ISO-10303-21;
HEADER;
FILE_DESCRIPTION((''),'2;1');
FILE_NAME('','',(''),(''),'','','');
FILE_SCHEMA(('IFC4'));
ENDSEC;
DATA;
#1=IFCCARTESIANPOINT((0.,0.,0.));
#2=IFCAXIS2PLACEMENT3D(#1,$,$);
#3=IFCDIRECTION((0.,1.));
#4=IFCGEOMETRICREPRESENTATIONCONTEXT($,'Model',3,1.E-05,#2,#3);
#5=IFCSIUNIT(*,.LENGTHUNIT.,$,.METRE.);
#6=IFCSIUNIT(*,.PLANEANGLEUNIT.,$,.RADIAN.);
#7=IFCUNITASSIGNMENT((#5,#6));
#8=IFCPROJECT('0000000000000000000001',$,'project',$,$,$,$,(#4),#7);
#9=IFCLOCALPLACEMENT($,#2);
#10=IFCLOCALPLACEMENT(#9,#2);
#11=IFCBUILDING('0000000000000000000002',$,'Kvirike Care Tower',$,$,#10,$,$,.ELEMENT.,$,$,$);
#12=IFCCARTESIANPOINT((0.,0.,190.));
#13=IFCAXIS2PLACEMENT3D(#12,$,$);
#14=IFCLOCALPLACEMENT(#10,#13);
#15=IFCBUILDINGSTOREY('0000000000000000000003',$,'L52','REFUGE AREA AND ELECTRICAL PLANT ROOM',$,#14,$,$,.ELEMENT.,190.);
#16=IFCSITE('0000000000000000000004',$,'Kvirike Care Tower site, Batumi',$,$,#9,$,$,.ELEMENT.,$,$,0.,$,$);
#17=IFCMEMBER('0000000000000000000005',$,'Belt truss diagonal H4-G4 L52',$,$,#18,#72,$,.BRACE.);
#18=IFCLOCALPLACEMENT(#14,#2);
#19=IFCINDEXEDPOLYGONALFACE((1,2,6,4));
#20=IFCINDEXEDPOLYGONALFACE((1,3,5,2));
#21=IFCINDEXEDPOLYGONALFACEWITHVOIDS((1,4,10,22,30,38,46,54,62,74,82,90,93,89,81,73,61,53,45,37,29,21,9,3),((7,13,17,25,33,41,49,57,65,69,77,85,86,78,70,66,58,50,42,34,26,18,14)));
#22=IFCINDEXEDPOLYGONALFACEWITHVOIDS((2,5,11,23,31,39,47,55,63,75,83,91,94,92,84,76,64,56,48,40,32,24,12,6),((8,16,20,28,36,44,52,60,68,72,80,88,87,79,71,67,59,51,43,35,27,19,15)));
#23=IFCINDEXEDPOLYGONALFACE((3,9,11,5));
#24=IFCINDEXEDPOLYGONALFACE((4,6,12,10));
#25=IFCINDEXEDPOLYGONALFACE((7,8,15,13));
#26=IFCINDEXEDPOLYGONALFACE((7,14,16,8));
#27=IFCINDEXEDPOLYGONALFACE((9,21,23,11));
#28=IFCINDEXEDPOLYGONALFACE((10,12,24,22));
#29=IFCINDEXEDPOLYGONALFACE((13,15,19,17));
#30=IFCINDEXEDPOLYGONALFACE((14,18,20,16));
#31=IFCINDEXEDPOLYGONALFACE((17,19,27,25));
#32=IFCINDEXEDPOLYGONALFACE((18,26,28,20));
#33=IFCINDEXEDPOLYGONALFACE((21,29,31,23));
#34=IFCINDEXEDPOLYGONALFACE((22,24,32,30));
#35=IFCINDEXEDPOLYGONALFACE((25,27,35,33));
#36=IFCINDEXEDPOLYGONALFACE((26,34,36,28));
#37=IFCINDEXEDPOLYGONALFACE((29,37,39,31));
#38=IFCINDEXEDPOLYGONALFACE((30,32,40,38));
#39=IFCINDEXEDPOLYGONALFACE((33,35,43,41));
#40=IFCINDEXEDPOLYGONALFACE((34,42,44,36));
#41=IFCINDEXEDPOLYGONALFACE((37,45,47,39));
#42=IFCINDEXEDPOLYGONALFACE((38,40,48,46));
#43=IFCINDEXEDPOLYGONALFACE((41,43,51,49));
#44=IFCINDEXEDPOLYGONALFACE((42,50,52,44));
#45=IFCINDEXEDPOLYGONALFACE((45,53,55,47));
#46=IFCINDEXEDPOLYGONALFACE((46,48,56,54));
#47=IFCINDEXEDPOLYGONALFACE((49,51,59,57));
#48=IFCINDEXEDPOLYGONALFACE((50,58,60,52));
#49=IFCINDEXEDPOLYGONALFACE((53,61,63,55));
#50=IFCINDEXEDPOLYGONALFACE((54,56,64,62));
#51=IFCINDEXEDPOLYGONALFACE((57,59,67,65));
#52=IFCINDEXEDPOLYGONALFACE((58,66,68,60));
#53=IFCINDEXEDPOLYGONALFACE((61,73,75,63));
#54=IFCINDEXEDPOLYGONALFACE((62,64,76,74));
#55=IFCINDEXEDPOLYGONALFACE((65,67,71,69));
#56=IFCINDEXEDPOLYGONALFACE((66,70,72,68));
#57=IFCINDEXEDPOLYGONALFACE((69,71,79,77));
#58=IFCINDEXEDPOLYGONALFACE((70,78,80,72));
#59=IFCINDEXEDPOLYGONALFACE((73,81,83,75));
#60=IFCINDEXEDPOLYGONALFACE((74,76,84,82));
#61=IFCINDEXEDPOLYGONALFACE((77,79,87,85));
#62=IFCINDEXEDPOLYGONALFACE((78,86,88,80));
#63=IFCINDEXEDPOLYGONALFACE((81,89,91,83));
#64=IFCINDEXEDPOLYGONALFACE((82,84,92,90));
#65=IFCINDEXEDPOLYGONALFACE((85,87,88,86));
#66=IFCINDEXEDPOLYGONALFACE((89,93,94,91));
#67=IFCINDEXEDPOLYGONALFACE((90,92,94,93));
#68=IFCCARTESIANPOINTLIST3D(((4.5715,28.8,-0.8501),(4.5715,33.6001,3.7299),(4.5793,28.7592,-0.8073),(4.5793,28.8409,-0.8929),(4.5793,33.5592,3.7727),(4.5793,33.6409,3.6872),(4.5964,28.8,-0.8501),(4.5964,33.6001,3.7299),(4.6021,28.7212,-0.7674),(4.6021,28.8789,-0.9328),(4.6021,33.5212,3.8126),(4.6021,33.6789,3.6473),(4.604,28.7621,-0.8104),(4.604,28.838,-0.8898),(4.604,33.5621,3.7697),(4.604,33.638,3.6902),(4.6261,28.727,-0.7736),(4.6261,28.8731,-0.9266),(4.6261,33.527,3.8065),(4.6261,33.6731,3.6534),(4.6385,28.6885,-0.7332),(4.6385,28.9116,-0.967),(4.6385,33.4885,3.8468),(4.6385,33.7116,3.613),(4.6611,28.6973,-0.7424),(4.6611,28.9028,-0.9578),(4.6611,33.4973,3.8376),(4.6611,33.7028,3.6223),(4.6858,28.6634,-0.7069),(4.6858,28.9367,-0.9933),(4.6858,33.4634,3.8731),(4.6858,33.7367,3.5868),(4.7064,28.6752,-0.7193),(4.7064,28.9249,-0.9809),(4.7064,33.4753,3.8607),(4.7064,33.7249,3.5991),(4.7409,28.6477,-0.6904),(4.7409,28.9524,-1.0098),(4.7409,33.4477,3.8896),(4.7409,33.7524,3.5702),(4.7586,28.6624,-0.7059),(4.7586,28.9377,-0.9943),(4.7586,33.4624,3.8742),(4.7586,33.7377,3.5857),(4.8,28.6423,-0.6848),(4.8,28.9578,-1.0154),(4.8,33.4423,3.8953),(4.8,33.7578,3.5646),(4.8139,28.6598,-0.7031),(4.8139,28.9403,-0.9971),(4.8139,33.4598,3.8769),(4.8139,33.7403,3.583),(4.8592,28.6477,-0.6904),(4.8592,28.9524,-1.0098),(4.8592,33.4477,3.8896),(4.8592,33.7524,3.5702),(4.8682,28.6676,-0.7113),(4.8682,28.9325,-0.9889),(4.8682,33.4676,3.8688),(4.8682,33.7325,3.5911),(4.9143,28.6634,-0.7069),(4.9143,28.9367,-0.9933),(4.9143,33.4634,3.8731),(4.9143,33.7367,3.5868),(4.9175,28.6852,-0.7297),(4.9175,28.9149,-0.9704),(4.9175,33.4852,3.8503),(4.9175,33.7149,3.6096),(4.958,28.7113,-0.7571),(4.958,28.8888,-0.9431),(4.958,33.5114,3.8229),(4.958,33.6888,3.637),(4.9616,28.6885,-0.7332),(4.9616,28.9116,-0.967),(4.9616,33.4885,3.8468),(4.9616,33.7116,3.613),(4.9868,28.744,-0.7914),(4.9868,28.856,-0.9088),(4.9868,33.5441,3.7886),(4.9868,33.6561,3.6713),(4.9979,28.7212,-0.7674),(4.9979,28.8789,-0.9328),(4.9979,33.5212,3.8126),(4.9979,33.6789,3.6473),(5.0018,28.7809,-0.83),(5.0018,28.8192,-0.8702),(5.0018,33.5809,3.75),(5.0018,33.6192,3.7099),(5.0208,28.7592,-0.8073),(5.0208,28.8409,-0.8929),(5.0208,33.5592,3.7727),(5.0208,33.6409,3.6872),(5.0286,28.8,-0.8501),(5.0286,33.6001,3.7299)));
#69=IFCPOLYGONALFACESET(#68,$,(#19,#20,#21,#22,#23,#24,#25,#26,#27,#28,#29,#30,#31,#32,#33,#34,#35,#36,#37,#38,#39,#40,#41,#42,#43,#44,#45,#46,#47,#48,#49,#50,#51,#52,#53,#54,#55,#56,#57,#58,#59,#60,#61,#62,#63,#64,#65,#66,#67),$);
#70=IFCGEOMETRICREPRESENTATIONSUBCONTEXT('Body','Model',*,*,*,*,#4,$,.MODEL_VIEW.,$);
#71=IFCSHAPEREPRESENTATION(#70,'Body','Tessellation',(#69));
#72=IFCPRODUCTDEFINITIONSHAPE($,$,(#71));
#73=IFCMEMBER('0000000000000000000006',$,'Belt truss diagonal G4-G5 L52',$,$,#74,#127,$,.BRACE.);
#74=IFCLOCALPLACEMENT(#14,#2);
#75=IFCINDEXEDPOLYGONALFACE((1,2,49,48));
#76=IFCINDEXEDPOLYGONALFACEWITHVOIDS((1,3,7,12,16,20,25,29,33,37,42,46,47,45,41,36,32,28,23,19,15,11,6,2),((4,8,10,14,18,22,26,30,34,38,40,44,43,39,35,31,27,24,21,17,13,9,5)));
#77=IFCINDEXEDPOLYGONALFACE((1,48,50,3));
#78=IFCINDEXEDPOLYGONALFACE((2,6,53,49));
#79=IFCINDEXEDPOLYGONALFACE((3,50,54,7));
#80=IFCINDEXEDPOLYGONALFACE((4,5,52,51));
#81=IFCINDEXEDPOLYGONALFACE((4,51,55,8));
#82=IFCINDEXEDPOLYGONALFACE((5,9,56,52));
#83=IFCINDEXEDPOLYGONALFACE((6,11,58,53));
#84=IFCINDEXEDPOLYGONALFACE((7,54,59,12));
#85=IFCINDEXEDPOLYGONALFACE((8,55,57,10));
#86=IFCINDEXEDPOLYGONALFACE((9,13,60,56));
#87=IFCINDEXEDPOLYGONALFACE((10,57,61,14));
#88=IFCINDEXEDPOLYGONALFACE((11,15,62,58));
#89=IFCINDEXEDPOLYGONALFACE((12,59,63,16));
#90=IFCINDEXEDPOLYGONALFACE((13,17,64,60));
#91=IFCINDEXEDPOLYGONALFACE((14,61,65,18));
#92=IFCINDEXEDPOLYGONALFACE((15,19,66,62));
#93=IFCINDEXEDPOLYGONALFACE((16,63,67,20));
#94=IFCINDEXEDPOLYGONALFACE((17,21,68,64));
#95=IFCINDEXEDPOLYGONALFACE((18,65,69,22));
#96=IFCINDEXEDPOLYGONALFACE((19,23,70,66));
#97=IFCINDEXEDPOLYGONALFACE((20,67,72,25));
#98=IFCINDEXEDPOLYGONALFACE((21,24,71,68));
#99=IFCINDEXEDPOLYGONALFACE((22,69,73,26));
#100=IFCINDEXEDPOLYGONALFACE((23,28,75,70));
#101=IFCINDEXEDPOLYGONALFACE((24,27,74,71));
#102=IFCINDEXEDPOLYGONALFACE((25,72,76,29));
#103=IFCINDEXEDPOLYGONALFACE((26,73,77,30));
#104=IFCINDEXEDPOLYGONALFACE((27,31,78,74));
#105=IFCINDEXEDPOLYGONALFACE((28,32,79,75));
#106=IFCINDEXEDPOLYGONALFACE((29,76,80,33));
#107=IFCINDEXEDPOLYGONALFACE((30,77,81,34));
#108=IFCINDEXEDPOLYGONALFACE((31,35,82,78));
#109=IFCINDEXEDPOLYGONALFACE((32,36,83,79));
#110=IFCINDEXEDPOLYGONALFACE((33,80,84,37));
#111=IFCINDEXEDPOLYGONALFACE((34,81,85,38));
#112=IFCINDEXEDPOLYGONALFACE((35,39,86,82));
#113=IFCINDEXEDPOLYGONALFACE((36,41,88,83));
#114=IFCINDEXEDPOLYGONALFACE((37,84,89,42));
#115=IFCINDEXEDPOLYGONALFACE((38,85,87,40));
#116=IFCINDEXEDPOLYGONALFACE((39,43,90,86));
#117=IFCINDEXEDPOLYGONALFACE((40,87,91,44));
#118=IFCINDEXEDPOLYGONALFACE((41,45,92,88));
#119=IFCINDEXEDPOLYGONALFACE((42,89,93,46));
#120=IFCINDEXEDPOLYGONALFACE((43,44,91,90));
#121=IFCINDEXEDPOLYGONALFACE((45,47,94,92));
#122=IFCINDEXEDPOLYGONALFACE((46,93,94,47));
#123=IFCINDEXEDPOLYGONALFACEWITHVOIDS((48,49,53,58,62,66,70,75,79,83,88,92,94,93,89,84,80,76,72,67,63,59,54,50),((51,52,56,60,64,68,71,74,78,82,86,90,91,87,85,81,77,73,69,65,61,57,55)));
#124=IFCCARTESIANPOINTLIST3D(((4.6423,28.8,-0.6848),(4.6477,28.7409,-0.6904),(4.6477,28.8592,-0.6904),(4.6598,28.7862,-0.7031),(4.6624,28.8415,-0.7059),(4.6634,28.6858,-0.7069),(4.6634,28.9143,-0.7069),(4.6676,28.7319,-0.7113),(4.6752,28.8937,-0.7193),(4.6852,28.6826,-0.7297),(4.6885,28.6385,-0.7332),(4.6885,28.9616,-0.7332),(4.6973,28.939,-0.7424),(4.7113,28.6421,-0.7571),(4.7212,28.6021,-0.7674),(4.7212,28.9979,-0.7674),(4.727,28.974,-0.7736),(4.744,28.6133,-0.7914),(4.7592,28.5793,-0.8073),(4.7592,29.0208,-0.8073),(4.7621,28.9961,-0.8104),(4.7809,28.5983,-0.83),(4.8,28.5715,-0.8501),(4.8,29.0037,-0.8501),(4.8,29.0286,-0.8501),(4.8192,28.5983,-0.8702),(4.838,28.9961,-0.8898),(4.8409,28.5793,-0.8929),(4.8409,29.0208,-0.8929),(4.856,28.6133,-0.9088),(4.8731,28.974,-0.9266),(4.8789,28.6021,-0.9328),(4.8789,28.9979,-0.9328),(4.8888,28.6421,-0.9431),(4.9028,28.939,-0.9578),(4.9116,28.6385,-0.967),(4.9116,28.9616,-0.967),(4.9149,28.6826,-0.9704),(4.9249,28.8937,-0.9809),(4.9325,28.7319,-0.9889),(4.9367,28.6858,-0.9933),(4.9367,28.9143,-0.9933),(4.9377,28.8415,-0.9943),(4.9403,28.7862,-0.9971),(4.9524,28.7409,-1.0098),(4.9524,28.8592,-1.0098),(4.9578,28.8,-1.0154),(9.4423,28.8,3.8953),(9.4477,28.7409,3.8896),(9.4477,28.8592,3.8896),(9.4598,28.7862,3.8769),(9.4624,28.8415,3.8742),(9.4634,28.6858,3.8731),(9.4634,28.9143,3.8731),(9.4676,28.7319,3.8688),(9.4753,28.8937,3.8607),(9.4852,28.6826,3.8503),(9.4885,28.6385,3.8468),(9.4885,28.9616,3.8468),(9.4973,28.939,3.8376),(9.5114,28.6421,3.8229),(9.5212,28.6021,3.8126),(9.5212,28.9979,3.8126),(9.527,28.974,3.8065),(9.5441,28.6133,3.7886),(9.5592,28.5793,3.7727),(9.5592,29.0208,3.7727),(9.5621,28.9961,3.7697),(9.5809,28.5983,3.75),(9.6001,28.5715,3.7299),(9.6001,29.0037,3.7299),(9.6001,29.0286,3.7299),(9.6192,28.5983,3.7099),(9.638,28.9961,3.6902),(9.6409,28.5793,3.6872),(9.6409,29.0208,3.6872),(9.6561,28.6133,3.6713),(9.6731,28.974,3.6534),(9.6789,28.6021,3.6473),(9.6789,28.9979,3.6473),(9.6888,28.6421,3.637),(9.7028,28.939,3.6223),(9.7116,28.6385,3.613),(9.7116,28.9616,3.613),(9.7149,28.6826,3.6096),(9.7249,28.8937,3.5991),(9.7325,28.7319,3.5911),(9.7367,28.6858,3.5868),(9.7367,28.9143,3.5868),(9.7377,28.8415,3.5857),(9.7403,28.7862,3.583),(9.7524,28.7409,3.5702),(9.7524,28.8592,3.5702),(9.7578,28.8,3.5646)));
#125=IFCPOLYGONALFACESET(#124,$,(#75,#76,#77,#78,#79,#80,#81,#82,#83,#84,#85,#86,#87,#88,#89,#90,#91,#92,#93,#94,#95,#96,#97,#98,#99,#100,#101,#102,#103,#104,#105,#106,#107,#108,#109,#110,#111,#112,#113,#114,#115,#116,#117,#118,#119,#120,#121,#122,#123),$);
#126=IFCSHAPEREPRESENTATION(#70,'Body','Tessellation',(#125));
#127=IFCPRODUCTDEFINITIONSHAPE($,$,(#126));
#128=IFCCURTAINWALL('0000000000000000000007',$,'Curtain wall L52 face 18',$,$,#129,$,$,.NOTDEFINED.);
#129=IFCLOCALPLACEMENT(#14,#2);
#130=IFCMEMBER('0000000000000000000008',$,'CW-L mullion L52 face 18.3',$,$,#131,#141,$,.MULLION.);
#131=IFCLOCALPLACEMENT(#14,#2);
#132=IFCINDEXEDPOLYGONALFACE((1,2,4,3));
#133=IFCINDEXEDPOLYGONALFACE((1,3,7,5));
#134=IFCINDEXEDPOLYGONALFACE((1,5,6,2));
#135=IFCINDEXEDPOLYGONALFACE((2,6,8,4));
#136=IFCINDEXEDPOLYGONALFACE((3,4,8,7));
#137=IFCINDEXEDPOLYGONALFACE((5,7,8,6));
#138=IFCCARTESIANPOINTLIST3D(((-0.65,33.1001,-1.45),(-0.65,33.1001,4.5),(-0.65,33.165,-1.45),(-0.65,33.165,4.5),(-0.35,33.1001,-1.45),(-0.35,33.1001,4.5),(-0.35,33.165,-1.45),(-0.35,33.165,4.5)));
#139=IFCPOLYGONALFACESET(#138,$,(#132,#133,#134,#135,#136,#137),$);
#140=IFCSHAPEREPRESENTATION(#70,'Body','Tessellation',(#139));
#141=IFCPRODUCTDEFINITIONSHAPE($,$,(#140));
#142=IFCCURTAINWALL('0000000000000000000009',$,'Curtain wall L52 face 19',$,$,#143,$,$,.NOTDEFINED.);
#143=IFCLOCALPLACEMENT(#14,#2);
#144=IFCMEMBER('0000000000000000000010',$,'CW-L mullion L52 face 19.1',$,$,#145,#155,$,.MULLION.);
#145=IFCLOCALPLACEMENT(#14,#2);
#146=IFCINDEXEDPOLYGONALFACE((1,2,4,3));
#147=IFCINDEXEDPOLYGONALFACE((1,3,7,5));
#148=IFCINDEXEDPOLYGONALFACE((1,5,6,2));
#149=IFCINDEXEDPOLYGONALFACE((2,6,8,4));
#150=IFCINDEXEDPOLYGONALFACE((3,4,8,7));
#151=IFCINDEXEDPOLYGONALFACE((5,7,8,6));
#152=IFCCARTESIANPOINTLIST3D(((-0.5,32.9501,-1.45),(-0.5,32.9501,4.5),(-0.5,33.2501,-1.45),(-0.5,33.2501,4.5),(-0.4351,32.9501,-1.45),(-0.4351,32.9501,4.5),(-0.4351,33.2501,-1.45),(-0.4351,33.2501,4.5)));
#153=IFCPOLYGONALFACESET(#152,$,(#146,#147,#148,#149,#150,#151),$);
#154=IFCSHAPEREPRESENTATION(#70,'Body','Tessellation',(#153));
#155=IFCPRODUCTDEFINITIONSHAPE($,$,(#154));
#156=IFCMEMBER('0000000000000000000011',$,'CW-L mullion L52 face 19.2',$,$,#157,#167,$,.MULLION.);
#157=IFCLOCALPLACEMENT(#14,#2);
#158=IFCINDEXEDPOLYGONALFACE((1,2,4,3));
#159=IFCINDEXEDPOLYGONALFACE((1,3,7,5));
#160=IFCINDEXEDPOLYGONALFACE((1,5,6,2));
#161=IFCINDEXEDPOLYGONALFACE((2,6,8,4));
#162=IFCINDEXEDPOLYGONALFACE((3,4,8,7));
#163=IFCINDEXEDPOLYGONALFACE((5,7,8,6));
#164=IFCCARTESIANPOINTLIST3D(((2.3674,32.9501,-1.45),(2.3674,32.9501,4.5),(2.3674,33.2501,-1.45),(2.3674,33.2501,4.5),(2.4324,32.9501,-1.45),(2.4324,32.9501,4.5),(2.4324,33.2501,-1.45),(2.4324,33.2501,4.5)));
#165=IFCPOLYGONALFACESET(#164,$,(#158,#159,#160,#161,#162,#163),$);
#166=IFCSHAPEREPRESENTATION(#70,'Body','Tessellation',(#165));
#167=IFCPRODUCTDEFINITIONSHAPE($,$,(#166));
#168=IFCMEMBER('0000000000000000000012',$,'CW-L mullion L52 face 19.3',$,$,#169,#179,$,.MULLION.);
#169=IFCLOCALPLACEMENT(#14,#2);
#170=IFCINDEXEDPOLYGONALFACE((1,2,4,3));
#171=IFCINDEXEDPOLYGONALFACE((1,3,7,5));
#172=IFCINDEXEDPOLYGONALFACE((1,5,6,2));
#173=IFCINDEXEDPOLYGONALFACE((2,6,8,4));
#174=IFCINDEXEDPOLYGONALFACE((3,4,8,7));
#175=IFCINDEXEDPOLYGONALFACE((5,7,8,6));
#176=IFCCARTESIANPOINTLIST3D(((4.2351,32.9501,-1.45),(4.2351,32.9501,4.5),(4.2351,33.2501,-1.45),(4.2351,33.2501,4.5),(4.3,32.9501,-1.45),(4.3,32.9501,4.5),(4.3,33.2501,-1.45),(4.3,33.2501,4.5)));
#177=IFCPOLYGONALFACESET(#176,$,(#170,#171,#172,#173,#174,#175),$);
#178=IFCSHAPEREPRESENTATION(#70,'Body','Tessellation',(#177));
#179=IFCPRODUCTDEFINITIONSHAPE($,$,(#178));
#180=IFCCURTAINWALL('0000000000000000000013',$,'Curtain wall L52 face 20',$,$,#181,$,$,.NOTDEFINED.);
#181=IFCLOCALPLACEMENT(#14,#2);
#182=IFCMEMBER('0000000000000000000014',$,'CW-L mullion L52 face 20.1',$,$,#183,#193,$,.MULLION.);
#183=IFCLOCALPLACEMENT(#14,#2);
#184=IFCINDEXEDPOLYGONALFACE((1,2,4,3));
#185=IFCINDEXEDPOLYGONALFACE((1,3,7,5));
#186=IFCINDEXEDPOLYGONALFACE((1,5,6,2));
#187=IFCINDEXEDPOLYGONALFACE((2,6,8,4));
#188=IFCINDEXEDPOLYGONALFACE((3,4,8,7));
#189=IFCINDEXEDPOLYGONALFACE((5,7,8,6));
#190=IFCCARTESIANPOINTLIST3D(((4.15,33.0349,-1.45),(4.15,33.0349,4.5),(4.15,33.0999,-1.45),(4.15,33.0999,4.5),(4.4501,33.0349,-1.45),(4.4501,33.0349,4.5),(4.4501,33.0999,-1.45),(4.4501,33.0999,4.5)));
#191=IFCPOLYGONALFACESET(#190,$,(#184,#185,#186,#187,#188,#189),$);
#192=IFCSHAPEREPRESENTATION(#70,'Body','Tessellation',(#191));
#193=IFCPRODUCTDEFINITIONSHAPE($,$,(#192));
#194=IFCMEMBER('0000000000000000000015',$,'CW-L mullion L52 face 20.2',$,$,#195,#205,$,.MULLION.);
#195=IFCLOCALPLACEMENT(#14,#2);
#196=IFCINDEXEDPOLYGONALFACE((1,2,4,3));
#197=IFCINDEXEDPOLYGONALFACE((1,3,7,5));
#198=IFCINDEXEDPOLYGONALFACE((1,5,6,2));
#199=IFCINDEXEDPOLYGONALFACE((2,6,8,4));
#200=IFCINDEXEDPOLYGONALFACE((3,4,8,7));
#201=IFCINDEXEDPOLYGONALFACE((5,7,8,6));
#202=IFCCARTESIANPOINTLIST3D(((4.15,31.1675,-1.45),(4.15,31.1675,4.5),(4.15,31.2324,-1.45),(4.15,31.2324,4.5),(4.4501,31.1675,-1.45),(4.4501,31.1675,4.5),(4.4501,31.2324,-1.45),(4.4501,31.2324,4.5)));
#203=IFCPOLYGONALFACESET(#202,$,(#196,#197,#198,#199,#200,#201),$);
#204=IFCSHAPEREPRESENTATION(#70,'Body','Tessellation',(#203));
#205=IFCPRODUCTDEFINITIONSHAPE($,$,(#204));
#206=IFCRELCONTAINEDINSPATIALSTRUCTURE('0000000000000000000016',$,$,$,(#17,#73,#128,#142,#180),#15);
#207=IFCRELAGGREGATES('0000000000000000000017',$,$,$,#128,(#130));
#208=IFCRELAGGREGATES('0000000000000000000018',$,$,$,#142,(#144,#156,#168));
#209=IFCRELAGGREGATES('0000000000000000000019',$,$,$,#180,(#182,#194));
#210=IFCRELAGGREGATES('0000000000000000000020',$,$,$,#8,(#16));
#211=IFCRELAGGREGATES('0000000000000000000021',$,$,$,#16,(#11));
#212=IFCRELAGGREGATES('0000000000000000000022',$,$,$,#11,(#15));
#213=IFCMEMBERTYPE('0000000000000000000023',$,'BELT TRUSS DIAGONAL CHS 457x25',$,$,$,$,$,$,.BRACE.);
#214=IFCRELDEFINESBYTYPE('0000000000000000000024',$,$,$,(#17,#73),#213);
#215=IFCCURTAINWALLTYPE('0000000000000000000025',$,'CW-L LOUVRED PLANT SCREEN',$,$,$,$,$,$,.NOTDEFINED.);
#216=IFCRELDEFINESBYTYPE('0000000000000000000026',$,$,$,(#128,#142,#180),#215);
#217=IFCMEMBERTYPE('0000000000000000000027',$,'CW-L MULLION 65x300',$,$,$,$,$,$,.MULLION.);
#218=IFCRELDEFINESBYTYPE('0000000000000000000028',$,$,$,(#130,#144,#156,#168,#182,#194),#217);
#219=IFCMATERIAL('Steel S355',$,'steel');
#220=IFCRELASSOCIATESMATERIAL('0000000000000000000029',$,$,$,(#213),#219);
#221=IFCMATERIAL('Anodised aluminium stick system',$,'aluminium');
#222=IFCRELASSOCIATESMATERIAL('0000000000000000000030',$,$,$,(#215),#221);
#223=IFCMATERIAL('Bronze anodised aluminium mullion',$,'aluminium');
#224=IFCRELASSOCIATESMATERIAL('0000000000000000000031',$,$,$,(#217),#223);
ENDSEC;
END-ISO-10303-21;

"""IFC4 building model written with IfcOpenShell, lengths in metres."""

from ifc_helpers import new_model, si_unit, direction, frame, origin, origin_2d, place, context, subcontext, project, spatial, rectangle, hollow_circle, extrude, material, material_profile, profile_set, type_object, element, aggregate, save


model = new_model("IFC4")

# Units and contexts
model_context = context("Model", 3, precision=1e-05, world=origin(), true_north=direction((0.0, 1.0)))
body_context = subcontext(model_context, "Body", "Model", "MODEL_VIEW")
ifc_project = project(units=[si_unit("LENGTHUNIT", "METRE"), si_unit("PLANEANGLEUNIT", "RADIAN")], contexts=[model_context])

# Site, building, storey
site_placement = place(None, origin())
site = spatial("IfcSite", under=ifc_project, at=site_placement, Name="Kvirike Care Tower site, Batumi", CompositionType="ELEMENT", RefElevation=0.0)
building_placement = place(site_placement, origin())
building = spatial("IfcBuilding", under=site, at=building_placement, Name="Kvirike Care Tower", CompositionType="ELEMENT")
storey_placement = place(building_placement, frame((0.0, 0.0, 190.0)))
storey = spatial("IfcBuildingStorey", under=building, at=storey_placement, Name="L52", Description="REFUGE AREA AND ELECTRICAL PLANT ROOM", CompositionType="ELEMENT", Elevation=190.0)

# Members
ifc_material_1 = material(Name="Steel S355", Category="steel")
ifc_material_profile_1 = material_profile(ifc_material_1, hollow_circle(Radius=0.2285, WallThickness=0.0249, at=origin_2d()), Name="CHS 457x25")
ifc_profile_set_1 = profile_set([ifc_material_profile_1], Name="Steel S355")
member_type_1 = type_object("IfcMemberType", Name="BELT TRUSS DIAGONAL CHS 457x25", PredefinedType="BRACE", material=ifc_profile_set_1)
for number, where, z_axis, x_axis, name in (
    (1, (4.8, 28.8, -0.8501), (0.0, 0.72349, 0.690335), (-1.0, 0.0, 0.0), "Belt truss diagonal H4-G4 L52"),
    (2, (4.8, 28.8, -0.8501), (0.72349, 0.0, 0.690335), (0.0, 1.0, 0.0), "Belt truss diagonal G4-G5 L52"),
):
    element("IfcMember", number, at=place(storey_placement, frame(where, z_axis=z_axis, x_axis=x_axis)), inside=storey, type_object=member_type_1, Name=name, PredefinedType="BRACE", context=body_context, shape_type="SweptSolid", body=[
        extrude(hollow_circle(Radius=0.2285, WallThickness=0.0249, at=origin_2d()), origin(), (0.0, 0.0, 1.0), 6.6345),
    ])

# Curtain wall, member
ifc_material_2 = material(Name="Anodised aluminium stick system", Category="aluminium")
curtain_wall_type = type_object("IfcCurtainWallType", Name="CW-L LOUVRED PLANT SCREEN", PredefinedType="NOTDEFINED", material=ifc_material_2)
curtain_wall_1_placement = place(storey_placement, origin())
curtain_wall_1 = element("IfcCurtainWall", 3, at=curtain_wall_1_placement, inside=storey, type_object=curtain_wall_type, Name="Curtain wall L52 face 18", PredefinedType="NOTDEFINED")
ifc_material_3 = material(Name="Bronze anodised aluminium mullion", Category="aluminium")
ifc_material_profile_2 = material_profile(ifc_material_3, rectangle(XDim=0.0649, YDim=0.3, at=origin_2d()), Name="CW-L MULLION 65x300")
ifc_profile_set_2 = profile_set([ifc_material_profile_2], Name="Bronze anodised aluminium mullion")
member_type_2 = type_object("IfcMemberType", Name="CW-L MULLION 65x300", PredefinedType="MULLION", material=ifc_profile_set_2)
member_1_placement = place(storey_placement, frame((-0.5, 33.1326, -1.45), z_axis=(0.0, 0.0, 1.0), x_axis=(0.0, -1.0, 0.0)))
member_1 = element("IfcMember", 4, at=member_1_placement, type_object=member_type_2, Name="CW-L mullion L52 face 18.3", PredefinedType="MULLION", context=body_context, shape_type="SweptSolid", body=[
    extrude(rectangle(XDim=0.0649, YDim=0.3, at=origin_2d()), origin(), (0.0, 0.0, 1.0), 5.95),
])

# Curtain walls, members
curtain_wall_2_placement = place(storey_placement, origin())
curtain_wall_2 = element("IfcCurtainWall", 5, at=curtain_wall_2_placement, inside=storey, type_object=curtain_wall_type, Name="Curtain wall L52 face 19", PredefinedType="NOTDEFINED")
member_2_placement = place(storey_placement, frame((-0.4675, 33.1001, -1.45), z_axis=(0.0, 0.0, 1.0), x_axis=(1.0, 0.0, 0.0)))
member_2 = element("IfcMember", 6, at=member_2_placement, type_object=member_type_2, Name="CW-L mullion L52 face 19.1", PredefinedType="MULLION", context=body_context, shape_type="SweptSolid", body=[
    extrude(rectangle(XDim=0.0649, YDim=0.3, at=origin_2d()), origin(), (0.0, 0.0, 1.0), 5.95),
])
member_3_placement = place(storey_placement, frame((2.3999, 33.1001, -1.45), z_axis=(0.0, 0.0, 1.0), x_axis=(1.0, 0.0, 0.0)))
member_3 = element("IfcMember", 7, at=member_3_placement, type_object=member_type_2, Name="CW-L mullion L52 face 19.2", PredefinedType="MULLION", context=body_context, shape_type="SweptSolid", body=[
    extrude(rectangle(XDim=0.0649, YDim=0.3, at=origin_2d()), origin(), (0.0, 0.0, 1.0), 5.95),
])
member_4_placement = place(storey_placement, frame((4.2676, 33.1001, -1.45), z_axis=(0.0, 0.0, 1.0), x_axis=(1.0, 0.0, 0.0)))
member_4 = element("IfcMember", 8, at=member_4_placement, type_object=member_type_2, Name="CW-L mullion L52 face 19.3", PredefinedType="MULLION", context=body_context, shape_type="SweptSolid", body=[
    extrude(rectangle(XDim=0.0649, YDim=0.3, at=origin_2d()), origin(), (0.0, 0.0, 1.0), 5.95),
])
curtain_wall_3_placement = place(storey_placement, origin())
curtain_wall_3 = element("IfcCurtainWall", 9, at=curtain_wall_3_placement, inside=storey, type_object=curtain_wall_type, Name="Curtain wall L52 face 20", PredefinedType="NOTDEFINED")
member_5_placement = place(storey_placement, frame((4.3, 33.0674, -1.45), z_axis=(0.0, 0.0, 1.0), x_axis=(0.0, -1.0, 0.0)))
member_5 = element("IfcMember", 10, at=member_5_placement, type_object=member_type_2, Name="CW-L mullion L52 face 20.1", PredefinedType="MULLION", context=body_context, shape_type="SweptSolid", body=[
    extrude(rectangle(XDim=0.0649, YDim=0.3, at=origin_2d()), origin(), (0.0, 0.0, 1.0), 5.95),
])
member_6_placement = place(storey_placement, frame((4.3, 31.2, -1.45), z_axis=(0.0, 0.0, 1.0), x_axis=(0.0, -1.0, 0.0)))
member_6 = element("IfcMember", 11, at=member_6_placement, type_object=member_type_2, Name="CW-L mullion L52 face 20.2", PredefinedType="MULLION", context=body_context, shape_type="SweptSolid", body=[
    extrude(rectangle(XDim=0.0649, YDim=0.3, at=origin_2d()), origin(), (0.0, 0.0, 1.0), 5.95),
])

aggregate(curtain_wall_1, [member_1])
aggregate(curtain_wall_2, [member_2, member_3, member_4])
aggregate(curtain_wall_3, [member_5, member_6])

save(model, "model.ifc")
